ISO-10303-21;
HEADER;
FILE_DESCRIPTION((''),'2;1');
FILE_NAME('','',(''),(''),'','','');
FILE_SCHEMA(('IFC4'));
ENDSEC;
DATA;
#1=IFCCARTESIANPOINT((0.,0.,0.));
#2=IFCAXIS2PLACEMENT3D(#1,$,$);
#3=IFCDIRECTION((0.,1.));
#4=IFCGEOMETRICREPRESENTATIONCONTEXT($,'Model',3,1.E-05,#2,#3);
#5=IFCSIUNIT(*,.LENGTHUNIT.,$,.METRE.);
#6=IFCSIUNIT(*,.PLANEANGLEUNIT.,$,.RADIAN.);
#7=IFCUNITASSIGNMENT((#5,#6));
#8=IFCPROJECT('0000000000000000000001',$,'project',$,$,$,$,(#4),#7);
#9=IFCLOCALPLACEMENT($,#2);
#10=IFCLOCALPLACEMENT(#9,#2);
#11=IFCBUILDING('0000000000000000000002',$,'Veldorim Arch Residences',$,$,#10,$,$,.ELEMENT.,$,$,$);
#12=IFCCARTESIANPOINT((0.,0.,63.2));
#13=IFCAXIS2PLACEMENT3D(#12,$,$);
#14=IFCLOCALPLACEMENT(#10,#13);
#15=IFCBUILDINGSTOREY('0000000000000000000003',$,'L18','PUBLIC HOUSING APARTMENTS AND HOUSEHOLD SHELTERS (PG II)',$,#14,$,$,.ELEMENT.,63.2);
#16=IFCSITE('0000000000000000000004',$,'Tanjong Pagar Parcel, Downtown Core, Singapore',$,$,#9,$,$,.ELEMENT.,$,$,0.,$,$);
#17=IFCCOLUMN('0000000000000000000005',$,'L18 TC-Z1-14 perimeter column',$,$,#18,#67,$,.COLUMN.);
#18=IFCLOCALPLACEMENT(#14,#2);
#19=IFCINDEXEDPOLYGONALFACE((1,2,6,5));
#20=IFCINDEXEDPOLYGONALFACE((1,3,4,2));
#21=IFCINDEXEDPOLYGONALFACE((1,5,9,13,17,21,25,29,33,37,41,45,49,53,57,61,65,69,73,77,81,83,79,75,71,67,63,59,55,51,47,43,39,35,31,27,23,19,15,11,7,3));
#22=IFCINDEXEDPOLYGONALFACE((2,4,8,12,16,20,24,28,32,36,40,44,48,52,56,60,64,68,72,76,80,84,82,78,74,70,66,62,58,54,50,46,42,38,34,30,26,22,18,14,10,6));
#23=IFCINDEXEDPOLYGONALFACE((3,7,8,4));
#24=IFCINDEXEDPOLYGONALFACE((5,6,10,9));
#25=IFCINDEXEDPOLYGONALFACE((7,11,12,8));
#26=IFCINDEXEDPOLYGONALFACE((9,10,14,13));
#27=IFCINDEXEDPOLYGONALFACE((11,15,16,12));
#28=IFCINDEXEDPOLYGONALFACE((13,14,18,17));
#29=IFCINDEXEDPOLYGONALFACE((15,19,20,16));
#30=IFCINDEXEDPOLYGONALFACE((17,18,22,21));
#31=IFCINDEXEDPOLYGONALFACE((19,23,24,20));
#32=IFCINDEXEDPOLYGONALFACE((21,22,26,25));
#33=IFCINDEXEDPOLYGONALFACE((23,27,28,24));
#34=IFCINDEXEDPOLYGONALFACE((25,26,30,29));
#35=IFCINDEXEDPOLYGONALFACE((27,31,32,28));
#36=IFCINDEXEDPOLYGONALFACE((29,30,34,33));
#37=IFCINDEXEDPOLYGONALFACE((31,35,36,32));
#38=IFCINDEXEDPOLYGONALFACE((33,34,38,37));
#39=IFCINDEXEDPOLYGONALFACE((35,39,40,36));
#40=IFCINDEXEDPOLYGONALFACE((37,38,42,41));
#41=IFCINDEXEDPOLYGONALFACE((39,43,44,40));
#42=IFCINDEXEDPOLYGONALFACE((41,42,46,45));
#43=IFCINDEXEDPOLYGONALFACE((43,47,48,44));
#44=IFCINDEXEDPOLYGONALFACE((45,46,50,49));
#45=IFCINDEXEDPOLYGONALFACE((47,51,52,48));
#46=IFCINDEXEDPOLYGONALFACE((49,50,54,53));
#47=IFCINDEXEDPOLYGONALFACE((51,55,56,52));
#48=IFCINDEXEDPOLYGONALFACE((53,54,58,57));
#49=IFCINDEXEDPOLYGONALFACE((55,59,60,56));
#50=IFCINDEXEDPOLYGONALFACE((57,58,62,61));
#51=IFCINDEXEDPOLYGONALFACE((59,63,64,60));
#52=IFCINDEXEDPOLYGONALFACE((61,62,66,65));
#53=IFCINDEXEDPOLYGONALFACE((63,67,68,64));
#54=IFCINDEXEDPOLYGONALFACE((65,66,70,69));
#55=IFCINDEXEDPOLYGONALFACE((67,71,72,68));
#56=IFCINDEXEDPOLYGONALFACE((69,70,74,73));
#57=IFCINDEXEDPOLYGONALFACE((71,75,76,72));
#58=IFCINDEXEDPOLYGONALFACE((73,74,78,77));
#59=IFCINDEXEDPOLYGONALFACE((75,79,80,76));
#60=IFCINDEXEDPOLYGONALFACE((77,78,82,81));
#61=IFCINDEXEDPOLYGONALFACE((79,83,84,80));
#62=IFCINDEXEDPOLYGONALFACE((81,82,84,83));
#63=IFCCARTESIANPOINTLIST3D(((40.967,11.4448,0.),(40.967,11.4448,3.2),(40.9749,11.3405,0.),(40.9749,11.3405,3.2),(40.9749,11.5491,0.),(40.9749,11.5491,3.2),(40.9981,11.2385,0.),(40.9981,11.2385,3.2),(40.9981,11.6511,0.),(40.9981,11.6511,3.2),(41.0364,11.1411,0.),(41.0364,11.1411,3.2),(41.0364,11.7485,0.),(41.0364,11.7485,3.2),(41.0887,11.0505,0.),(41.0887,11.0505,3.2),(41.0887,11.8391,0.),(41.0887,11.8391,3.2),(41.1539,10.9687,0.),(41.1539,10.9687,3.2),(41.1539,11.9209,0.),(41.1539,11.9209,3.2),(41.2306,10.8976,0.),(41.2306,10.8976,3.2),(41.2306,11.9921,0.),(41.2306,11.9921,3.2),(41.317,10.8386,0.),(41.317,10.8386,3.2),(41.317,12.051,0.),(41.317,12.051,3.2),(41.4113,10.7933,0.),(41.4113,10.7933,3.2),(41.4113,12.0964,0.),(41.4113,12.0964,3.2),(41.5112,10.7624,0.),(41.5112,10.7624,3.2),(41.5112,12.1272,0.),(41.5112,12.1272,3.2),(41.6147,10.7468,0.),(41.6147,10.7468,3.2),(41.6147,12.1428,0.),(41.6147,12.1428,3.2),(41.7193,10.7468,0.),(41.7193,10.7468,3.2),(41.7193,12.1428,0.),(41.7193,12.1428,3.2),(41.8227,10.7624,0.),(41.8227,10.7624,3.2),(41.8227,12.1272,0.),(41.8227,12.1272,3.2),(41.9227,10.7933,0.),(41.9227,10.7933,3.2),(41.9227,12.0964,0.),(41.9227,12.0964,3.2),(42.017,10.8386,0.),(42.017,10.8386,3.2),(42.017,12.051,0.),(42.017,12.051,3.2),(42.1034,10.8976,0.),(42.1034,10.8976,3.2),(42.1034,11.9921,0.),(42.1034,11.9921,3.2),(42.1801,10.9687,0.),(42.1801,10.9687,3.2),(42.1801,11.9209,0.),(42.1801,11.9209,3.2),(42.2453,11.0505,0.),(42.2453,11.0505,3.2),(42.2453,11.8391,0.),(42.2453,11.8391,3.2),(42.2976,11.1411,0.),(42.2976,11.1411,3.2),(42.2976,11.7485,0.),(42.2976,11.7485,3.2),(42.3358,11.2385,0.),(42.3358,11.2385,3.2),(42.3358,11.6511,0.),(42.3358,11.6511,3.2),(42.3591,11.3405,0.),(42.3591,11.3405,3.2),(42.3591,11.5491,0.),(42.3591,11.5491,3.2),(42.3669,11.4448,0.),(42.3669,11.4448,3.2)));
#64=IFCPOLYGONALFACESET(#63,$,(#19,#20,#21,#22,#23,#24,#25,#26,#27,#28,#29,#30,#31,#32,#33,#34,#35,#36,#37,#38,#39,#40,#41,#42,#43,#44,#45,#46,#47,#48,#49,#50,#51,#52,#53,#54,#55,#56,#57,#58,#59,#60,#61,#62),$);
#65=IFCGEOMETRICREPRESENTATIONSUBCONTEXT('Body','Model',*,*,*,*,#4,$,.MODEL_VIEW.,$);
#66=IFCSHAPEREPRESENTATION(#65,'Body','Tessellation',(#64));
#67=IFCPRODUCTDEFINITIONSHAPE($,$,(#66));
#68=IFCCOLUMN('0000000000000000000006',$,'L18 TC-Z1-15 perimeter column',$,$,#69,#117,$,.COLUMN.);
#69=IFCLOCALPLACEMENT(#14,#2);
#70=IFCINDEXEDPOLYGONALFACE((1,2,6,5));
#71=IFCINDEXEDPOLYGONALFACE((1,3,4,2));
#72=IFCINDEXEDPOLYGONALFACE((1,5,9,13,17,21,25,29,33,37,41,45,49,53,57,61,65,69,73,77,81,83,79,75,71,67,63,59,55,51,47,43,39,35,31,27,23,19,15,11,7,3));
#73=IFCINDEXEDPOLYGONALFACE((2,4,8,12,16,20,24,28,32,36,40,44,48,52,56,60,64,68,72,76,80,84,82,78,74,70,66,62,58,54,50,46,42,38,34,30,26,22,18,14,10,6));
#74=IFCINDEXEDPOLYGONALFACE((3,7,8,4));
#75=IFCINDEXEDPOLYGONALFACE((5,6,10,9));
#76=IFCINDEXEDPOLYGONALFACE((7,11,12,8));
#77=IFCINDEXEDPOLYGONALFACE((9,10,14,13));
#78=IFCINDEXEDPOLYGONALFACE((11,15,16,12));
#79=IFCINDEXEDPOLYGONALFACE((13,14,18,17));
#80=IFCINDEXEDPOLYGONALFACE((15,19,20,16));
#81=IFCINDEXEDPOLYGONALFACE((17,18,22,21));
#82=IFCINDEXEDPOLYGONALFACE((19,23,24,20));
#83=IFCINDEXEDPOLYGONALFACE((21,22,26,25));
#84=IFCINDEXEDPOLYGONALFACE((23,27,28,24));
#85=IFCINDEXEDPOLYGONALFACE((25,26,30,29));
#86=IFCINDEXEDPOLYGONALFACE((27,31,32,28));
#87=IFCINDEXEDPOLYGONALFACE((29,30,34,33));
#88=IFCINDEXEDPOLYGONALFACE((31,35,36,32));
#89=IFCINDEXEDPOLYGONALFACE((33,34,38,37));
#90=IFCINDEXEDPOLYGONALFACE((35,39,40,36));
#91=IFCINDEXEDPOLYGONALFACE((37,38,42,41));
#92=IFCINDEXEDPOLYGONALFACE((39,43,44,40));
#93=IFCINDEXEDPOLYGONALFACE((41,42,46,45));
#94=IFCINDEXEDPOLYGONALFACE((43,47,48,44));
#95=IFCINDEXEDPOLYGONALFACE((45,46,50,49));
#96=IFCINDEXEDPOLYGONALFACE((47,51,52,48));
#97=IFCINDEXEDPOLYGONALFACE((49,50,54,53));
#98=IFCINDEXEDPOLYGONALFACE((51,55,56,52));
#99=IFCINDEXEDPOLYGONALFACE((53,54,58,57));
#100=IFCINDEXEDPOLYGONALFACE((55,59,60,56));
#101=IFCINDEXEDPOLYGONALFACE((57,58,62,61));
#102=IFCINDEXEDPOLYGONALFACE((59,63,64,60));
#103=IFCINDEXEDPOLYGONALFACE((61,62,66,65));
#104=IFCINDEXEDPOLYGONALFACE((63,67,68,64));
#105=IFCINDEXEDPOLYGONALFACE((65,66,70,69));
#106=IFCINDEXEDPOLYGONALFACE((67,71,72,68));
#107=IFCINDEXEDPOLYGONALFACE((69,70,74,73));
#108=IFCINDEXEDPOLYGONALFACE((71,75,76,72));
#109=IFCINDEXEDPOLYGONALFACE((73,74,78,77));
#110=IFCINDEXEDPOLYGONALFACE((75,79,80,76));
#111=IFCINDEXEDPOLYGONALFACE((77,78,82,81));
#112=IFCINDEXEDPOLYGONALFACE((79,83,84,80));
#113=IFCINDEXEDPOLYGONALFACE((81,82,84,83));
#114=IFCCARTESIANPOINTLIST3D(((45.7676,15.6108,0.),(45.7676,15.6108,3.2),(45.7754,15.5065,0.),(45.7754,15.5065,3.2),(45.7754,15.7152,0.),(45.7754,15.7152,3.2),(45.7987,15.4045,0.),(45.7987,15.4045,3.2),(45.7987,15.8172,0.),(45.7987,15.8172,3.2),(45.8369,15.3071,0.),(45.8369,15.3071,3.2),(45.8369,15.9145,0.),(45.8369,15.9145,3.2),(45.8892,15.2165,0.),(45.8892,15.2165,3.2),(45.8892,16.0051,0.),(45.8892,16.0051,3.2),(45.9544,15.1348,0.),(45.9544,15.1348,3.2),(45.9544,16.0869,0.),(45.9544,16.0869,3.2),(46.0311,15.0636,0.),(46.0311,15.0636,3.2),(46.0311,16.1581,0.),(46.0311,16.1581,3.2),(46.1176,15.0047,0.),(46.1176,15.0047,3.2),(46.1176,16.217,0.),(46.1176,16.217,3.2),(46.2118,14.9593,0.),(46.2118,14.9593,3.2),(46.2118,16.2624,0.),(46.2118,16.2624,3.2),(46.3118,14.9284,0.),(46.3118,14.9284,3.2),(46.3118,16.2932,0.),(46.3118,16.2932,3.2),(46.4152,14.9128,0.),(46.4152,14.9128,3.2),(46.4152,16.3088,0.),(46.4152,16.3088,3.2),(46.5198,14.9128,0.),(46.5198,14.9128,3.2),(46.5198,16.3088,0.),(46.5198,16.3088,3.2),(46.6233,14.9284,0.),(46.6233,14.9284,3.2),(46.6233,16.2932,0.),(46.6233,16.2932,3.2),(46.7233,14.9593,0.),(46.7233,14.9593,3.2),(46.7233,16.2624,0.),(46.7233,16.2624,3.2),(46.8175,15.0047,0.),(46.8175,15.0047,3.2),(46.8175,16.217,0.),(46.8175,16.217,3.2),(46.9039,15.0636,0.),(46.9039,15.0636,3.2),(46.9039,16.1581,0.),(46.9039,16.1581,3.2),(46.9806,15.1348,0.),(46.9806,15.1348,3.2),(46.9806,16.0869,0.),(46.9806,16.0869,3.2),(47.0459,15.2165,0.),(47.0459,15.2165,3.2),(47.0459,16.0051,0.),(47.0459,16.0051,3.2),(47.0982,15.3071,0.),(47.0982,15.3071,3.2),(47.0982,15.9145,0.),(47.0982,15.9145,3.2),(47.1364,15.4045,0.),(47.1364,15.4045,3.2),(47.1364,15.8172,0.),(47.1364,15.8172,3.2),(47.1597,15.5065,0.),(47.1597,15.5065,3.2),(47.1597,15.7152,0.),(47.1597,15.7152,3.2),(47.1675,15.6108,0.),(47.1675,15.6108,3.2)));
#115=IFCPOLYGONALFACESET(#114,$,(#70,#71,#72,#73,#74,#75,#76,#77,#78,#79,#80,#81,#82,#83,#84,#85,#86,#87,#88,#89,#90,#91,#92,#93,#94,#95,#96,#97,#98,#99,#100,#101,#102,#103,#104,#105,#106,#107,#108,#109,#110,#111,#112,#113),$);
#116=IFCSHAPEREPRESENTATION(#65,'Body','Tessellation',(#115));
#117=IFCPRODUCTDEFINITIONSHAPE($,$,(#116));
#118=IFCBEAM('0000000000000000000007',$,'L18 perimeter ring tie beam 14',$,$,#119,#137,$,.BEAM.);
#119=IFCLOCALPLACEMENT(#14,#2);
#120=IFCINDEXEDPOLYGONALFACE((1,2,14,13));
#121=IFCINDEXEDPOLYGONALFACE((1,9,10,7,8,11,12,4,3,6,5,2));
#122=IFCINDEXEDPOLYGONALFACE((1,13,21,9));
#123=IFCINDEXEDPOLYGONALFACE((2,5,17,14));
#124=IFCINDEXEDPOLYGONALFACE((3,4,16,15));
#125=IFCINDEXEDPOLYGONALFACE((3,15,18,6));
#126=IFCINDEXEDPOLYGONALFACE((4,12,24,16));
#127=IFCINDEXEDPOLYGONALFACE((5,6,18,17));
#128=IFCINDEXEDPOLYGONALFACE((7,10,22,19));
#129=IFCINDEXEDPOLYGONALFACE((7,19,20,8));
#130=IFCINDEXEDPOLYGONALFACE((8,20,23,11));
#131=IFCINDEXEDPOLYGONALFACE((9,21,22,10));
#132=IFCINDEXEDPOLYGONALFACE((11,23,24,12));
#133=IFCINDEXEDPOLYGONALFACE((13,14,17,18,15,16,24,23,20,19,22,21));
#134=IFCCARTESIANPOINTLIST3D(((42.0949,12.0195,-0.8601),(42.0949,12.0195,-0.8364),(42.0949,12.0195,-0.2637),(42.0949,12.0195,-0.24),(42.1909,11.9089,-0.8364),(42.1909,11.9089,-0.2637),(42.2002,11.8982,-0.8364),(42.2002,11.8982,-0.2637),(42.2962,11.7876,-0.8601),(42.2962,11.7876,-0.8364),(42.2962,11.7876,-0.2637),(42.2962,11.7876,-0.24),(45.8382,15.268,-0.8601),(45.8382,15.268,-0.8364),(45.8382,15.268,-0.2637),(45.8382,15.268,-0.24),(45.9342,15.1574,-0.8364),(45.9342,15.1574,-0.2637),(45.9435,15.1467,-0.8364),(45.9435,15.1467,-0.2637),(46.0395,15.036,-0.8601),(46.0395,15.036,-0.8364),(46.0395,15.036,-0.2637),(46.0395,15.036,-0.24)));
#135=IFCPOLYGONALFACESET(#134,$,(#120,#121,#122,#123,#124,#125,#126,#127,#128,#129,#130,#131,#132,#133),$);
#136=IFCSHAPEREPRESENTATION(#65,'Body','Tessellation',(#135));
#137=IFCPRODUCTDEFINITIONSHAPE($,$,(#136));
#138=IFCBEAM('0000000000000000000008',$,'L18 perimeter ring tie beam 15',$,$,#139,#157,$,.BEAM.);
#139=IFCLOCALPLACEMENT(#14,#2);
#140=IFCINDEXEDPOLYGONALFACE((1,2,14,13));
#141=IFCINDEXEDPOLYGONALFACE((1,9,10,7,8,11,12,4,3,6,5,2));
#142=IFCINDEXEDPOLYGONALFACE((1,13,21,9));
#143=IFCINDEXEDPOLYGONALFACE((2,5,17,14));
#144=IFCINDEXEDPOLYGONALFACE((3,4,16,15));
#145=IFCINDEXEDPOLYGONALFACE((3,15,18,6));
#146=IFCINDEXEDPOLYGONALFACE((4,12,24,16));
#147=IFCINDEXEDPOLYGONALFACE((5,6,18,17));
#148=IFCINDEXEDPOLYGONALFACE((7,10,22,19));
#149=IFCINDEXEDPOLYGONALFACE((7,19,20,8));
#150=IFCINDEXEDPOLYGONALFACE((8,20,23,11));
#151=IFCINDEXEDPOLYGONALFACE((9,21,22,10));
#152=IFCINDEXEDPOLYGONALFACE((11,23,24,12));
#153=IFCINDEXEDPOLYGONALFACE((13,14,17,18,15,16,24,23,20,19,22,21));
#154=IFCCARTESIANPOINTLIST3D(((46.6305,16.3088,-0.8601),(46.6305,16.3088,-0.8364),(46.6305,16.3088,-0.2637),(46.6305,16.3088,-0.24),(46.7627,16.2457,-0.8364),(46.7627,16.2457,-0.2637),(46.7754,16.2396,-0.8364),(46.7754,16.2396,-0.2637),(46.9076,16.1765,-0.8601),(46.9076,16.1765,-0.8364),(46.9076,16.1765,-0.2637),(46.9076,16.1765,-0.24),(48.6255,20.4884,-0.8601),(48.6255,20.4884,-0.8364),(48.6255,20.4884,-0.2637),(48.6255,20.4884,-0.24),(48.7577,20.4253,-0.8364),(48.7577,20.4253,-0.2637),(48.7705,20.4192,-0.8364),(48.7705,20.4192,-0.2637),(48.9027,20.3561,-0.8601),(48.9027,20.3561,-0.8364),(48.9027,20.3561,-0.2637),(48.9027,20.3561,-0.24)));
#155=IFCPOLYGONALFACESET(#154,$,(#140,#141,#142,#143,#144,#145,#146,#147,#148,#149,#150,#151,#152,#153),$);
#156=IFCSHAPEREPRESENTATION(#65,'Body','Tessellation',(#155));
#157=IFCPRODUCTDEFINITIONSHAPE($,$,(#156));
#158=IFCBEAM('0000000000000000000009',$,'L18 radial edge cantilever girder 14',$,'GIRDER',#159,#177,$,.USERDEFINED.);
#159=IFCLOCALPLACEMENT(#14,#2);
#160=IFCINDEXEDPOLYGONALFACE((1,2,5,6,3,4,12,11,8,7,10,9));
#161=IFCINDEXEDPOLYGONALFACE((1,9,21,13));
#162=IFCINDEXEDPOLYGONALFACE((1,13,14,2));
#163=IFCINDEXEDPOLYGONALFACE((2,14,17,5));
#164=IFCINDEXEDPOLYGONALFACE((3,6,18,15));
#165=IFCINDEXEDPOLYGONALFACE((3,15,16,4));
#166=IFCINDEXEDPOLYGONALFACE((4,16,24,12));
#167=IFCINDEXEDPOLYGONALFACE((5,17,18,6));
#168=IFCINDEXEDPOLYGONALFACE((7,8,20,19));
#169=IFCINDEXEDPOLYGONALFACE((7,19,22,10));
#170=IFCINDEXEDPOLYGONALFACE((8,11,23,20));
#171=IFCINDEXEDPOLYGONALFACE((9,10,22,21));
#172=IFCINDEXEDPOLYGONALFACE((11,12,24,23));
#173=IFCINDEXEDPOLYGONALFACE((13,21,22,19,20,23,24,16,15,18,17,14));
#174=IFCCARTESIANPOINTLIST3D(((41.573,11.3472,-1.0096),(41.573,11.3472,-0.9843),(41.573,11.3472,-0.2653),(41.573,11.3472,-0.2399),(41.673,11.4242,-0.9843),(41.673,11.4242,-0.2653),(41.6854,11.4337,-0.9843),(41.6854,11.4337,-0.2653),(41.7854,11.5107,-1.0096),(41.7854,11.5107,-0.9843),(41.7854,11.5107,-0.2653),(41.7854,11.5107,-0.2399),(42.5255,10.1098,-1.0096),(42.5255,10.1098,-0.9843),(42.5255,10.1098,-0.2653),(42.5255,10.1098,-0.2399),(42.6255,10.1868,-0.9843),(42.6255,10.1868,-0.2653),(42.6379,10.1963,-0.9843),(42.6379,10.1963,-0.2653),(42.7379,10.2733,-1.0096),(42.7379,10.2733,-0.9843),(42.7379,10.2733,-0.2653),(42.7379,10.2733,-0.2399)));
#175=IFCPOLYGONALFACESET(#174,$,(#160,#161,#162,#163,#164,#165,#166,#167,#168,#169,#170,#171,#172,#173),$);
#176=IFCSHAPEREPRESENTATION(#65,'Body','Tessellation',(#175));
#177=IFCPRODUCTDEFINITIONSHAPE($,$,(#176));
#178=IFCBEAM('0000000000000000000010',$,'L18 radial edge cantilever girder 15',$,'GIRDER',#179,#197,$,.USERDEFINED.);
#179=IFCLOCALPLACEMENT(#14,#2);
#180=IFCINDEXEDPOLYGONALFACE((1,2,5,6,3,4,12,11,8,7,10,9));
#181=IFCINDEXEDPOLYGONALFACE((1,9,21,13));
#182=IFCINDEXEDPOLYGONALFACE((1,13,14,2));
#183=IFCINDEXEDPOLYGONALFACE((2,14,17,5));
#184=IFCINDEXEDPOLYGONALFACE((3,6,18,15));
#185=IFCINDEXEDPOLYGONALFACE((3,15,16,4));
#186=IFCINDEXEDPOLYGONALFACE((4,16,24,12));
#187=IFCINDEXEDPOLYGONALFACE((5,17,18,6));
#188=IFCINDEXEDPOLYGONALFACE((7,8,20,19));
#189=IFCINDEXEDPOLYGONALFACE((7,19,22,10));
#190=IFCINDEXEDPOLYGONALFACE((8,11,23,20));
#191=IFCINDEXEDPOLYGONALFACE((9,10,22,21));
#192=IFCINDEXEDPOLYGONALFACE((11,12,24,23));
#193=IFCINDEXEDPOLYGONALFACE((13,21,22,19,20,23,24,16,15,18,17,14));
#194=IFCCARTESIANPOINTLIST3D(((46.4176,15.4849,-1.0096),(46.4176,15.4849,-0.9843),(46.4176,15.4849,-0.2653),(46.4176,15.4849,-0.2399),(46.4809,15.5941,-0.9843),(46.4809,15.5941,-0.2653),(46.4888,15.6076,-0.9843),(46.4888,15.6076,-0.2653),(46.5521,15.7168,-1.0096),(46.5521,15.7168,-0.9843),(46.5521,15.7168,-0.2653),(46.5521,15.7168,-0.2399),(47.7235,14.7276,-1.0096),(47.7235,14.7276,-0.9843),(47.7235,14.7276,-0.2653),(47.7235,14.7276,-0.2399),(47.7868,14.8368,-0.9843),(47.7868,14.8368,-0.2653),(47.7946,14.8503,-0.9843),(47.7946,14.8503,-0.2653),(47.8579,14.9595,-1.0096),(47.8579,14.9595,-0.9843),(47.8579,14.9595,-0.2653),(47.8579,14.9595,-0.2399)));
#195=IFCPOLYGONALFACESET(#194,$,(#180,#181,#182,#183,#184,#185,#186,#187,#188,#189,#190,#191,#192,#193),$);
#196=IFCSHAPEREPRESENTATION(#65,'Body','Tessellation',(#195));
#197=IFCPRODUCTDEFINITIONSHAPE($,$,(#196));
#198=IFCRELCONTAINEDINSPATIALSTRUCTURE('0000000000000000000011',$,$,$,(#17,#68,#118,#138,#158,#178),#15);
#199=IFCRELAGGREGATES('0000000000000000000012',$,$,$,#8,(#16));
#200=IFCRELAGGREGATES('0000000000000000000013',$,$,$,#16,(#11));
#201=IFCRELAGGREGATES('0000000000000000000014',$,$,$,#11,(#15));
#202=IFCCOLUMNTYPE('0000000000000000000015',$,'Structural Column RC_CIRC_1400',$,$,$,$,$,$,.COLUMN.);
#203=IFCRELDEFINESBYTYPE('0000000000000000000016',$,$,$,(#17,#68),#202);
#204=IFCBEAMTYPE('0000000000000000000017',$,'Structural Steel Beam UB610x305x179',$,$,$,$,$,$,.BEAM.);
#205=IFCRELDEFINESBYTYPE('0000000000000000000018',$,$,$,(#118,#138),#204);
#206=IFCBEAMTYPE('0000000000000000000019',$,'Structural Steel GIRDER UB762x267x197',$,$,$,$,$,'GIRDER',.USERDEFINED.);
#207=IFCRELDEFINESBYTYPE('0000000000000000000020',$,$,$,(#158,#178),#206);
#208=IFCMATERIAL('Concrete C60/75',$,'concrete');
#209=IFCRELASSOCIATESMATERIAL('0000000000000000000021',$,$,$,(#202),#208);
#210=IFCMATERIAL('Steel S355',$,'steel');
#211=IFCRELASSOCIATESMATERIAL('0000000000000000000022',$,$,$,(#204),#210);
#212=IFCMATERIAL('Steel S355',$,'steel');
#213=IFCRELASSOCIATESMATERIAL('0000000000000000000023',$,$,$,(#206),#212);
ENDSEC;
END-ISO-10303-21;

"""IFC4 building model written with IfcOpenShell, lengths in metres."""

from ifc_helpers import new_model, si_unit, direction, frame, origin, origin_2d, place, context, subcontext, project, spatial, circle, i_section, extrude, material, material_profile, profile_set, type_object, element, save


model = new_model("IFC4")

# Units and contexts
model_context = context("Model", 3, precision=1e-05, world=origin(), true_north=direction((0.0, 1.0)))
body_context = subcontext(model_context, "Body", "Model", "MODEL_VIEW")
ifc_project = project(units=[si_unit("LENGTHUNIT", "METRE"), si_unit("PLANEANGLEUNIT", "RADIAN")], contexts=[model_context])

# Site, building, storey
site_placement = place(None, origin())
site = spatial("IfcSite", under=ifc_project, at=site_placement, Name="Tanjong Pagar Parcel, Downtown Core, Singapore", CompositionType="ELEMENT", RefElevation=0.0)
building_placement = place(site_placement, origin())
building = spatial("IfcBuilding", under=site, at=building_placement, Name="Veldorim Arch Residences", CompositionType="ELEMENT")
storey_placement = place(building_placement, frame((0.0, 0.0, 63.2)))
storey = spatial("IfcBuildingStorey", under=building, at=storey_placement, Name="L18", Description="PUBLIC HOUSING APARTMENTS AND HOUSEHOLD SHELTERS (PG II)", CompositionType="ELEMENT", Elevation=63.2)

# Columns
ifc_material_1 = material(Name="Concrete C60/75", Category="concrete")
ifc_material_profile_1 = material_profile(ifc_material_1, circle(Radius=0.7, at=origin_2d()), Name="RC_CIRC_1400")
ifc_profile_set_1 = profile_set([ifc_material_profile_1], Name="Concrete C60/75")
column_type = type_object("IfcColumnType", Name="Structural Column RC_CIRC_1400", PredefinedType="COLUMN", material=ifc_profile_set_1)
for number, where, z_axis, x_axis, name in (
    (1, (41.667, 11.4448, 0.0), (0.0, 0.0, 1.0), (1.0, 0.0, 0.0), "L18 TC-Z1-14 perimeter column"),
    (2, (46.4675, 15.6108, 0.0), (0.0, 0.0, 1.0), (1.0, 0.0, 0.0), "L18 TC-Z1-15 perimeter column"),
):
    element("IfcColumn", number, at=place(storey_placement, frame(where, z_axis=z_axis, x_axis=x_axis)), inside=storey, type_object=column_type, Name=name, PredefinedType="COLUMN", context=body_context, shape_type="SweptSolid", body=[
        extrude(circle(Radius=0.7, at=origin_2d()), origin(), (0.0, 0.0, 1.0), 3.2),
    ])

# Beams
ifc_material_2 = material(Name="Steel S355", Category="steel")
ifc_material_profile_2 = material_profile(ifc_material_2, i_section(OverallWidth=0.3071, OverallDepth=0.6201, WebThickness=0.0142, FlangeThickness=0.0237, at=origin_2d()), Name="UB610x305x179")
ifc_profile_set_2 = profile_set([ifc_material_profile_2], Name="Steel S355")
beam_type_1 = type_object("IfcBeamType", Name="Structural Steel Beam UB610x305x179", PredefinedType="BEAM", material=ifc_profile_set_2)
beam_1_placement = place(storey_placement, frame((42.1956, 11.9036, -0.55), z_axis=(0.755265, 0.65542, 0.0), x_axis=(-0.65542, 0.755265, 0.0)))
element("IfcBeam", 3, at=beam_1_placement, inside=storey, type_object=beam_type_1, Name="L18 perimeter ring tie beam 14", PredefinedType="BEAM", context=body_context, shape_type="SweptSolid", body=[
    extrude(i_section(OverallWidth=0.3071, OverallDepth=0.6201, WebThickness=0.0142, FlangeThickness=0.0237, at=origin_2d()), origin(), (0.0, 0.0, 1.0), 4.9563),
])
beam_2_placement = place(storey_placement, frame((46.769, 16.2427, -0.55), z_axis=(0.430776, 0.902459, 0.0), x_axis=(-0.902459, 0.430776, 0.0)))
element("IfcBeam", 4, at=beam_2_placement, inside=storey, type_object=beam_type_1, Name="L18 perimeter ring tie beam 15", PredefinedType="BEAM", context=body_context, shape_type="SweptSolid", body=[
    extrude(i_section(OverallWidth=0.3071, OverallDepth=0.6201, WebThickness=0.0142, FlangeThickness=0.0237, at=origin_2d()), origin(), (0.0, 0.0, 1.0), 4.6313),
])
ifc_material_3 = material(Name="Steel S355", Category="steel")
ifc_material_profile_3 = material_profile(ifc_material_3, i_section(OverallWidth=0.2681, OverallDepth=0.7698, WebThickness=0.0156, FlangeThickness=0.0254, at=origin_2d()), Name="UB762x267x197")
ifc_profile_set_3 = profile_set([ifc_material_profile_3], Name="Steel S355")
beam_type_2 = type_object("IfcBeamType", Name="Structural Steel GIRDER UB762x267x197", ElementType="GIRDER", PredefinedType="USERDEFINED", material=ifc_profile_set_3)
beam_3_placement = place(storey_placement, frame((41.6792, 11.429, -0.6248), z_axis=(0.60996, -0.792432, 0.0), x_axis=(0.792432, 0.60996, 0.0)))
element("IfcBeam", 5, at=beam_3_placement, inside=storey, type_object=beam_type_2, Name="L18 radial edge cantilever girder 14", ObjectType="GIRDER", PredefinedType="USERDEFINED", context=body_context, shape_type="SweptSolid", body=[
    extrude(i_section(OverallWidth=0.2681, OverallDepth=0.7698, WebThickness=0.0156, FlangeThickness=0.0254, at=origin_2d()), origin(), (0.0, 0.0, 1.0), 1.5615),
])
beam_4_placement = place(storey_placement, frame((46.4849, 15.6008, -0.6248), z_axis=(0.865061, -0.501667, 0.0), x_axis=(0.501667, 0.865061, 0.0)))
element("IfcBeam", 6, at=beam_4_placement, inside=storey, type_object=beam_type_2, Name="L18 radial edge cantilever girder 15", ObjectType="GIRDER", PredefinedType="USERDEFINED", context=body_context, shape_type="SweptSolid", body=[
    extrude(i_section(OverallWidth=0.2681, OverallDepth=0.7698, WebThickness=0.0156, FlangeThickness=0.0254, at=origin_2d()), origin(), (0.0, 0.0, 1.0), 1.5095),
])

save(model, "model.ifc")
